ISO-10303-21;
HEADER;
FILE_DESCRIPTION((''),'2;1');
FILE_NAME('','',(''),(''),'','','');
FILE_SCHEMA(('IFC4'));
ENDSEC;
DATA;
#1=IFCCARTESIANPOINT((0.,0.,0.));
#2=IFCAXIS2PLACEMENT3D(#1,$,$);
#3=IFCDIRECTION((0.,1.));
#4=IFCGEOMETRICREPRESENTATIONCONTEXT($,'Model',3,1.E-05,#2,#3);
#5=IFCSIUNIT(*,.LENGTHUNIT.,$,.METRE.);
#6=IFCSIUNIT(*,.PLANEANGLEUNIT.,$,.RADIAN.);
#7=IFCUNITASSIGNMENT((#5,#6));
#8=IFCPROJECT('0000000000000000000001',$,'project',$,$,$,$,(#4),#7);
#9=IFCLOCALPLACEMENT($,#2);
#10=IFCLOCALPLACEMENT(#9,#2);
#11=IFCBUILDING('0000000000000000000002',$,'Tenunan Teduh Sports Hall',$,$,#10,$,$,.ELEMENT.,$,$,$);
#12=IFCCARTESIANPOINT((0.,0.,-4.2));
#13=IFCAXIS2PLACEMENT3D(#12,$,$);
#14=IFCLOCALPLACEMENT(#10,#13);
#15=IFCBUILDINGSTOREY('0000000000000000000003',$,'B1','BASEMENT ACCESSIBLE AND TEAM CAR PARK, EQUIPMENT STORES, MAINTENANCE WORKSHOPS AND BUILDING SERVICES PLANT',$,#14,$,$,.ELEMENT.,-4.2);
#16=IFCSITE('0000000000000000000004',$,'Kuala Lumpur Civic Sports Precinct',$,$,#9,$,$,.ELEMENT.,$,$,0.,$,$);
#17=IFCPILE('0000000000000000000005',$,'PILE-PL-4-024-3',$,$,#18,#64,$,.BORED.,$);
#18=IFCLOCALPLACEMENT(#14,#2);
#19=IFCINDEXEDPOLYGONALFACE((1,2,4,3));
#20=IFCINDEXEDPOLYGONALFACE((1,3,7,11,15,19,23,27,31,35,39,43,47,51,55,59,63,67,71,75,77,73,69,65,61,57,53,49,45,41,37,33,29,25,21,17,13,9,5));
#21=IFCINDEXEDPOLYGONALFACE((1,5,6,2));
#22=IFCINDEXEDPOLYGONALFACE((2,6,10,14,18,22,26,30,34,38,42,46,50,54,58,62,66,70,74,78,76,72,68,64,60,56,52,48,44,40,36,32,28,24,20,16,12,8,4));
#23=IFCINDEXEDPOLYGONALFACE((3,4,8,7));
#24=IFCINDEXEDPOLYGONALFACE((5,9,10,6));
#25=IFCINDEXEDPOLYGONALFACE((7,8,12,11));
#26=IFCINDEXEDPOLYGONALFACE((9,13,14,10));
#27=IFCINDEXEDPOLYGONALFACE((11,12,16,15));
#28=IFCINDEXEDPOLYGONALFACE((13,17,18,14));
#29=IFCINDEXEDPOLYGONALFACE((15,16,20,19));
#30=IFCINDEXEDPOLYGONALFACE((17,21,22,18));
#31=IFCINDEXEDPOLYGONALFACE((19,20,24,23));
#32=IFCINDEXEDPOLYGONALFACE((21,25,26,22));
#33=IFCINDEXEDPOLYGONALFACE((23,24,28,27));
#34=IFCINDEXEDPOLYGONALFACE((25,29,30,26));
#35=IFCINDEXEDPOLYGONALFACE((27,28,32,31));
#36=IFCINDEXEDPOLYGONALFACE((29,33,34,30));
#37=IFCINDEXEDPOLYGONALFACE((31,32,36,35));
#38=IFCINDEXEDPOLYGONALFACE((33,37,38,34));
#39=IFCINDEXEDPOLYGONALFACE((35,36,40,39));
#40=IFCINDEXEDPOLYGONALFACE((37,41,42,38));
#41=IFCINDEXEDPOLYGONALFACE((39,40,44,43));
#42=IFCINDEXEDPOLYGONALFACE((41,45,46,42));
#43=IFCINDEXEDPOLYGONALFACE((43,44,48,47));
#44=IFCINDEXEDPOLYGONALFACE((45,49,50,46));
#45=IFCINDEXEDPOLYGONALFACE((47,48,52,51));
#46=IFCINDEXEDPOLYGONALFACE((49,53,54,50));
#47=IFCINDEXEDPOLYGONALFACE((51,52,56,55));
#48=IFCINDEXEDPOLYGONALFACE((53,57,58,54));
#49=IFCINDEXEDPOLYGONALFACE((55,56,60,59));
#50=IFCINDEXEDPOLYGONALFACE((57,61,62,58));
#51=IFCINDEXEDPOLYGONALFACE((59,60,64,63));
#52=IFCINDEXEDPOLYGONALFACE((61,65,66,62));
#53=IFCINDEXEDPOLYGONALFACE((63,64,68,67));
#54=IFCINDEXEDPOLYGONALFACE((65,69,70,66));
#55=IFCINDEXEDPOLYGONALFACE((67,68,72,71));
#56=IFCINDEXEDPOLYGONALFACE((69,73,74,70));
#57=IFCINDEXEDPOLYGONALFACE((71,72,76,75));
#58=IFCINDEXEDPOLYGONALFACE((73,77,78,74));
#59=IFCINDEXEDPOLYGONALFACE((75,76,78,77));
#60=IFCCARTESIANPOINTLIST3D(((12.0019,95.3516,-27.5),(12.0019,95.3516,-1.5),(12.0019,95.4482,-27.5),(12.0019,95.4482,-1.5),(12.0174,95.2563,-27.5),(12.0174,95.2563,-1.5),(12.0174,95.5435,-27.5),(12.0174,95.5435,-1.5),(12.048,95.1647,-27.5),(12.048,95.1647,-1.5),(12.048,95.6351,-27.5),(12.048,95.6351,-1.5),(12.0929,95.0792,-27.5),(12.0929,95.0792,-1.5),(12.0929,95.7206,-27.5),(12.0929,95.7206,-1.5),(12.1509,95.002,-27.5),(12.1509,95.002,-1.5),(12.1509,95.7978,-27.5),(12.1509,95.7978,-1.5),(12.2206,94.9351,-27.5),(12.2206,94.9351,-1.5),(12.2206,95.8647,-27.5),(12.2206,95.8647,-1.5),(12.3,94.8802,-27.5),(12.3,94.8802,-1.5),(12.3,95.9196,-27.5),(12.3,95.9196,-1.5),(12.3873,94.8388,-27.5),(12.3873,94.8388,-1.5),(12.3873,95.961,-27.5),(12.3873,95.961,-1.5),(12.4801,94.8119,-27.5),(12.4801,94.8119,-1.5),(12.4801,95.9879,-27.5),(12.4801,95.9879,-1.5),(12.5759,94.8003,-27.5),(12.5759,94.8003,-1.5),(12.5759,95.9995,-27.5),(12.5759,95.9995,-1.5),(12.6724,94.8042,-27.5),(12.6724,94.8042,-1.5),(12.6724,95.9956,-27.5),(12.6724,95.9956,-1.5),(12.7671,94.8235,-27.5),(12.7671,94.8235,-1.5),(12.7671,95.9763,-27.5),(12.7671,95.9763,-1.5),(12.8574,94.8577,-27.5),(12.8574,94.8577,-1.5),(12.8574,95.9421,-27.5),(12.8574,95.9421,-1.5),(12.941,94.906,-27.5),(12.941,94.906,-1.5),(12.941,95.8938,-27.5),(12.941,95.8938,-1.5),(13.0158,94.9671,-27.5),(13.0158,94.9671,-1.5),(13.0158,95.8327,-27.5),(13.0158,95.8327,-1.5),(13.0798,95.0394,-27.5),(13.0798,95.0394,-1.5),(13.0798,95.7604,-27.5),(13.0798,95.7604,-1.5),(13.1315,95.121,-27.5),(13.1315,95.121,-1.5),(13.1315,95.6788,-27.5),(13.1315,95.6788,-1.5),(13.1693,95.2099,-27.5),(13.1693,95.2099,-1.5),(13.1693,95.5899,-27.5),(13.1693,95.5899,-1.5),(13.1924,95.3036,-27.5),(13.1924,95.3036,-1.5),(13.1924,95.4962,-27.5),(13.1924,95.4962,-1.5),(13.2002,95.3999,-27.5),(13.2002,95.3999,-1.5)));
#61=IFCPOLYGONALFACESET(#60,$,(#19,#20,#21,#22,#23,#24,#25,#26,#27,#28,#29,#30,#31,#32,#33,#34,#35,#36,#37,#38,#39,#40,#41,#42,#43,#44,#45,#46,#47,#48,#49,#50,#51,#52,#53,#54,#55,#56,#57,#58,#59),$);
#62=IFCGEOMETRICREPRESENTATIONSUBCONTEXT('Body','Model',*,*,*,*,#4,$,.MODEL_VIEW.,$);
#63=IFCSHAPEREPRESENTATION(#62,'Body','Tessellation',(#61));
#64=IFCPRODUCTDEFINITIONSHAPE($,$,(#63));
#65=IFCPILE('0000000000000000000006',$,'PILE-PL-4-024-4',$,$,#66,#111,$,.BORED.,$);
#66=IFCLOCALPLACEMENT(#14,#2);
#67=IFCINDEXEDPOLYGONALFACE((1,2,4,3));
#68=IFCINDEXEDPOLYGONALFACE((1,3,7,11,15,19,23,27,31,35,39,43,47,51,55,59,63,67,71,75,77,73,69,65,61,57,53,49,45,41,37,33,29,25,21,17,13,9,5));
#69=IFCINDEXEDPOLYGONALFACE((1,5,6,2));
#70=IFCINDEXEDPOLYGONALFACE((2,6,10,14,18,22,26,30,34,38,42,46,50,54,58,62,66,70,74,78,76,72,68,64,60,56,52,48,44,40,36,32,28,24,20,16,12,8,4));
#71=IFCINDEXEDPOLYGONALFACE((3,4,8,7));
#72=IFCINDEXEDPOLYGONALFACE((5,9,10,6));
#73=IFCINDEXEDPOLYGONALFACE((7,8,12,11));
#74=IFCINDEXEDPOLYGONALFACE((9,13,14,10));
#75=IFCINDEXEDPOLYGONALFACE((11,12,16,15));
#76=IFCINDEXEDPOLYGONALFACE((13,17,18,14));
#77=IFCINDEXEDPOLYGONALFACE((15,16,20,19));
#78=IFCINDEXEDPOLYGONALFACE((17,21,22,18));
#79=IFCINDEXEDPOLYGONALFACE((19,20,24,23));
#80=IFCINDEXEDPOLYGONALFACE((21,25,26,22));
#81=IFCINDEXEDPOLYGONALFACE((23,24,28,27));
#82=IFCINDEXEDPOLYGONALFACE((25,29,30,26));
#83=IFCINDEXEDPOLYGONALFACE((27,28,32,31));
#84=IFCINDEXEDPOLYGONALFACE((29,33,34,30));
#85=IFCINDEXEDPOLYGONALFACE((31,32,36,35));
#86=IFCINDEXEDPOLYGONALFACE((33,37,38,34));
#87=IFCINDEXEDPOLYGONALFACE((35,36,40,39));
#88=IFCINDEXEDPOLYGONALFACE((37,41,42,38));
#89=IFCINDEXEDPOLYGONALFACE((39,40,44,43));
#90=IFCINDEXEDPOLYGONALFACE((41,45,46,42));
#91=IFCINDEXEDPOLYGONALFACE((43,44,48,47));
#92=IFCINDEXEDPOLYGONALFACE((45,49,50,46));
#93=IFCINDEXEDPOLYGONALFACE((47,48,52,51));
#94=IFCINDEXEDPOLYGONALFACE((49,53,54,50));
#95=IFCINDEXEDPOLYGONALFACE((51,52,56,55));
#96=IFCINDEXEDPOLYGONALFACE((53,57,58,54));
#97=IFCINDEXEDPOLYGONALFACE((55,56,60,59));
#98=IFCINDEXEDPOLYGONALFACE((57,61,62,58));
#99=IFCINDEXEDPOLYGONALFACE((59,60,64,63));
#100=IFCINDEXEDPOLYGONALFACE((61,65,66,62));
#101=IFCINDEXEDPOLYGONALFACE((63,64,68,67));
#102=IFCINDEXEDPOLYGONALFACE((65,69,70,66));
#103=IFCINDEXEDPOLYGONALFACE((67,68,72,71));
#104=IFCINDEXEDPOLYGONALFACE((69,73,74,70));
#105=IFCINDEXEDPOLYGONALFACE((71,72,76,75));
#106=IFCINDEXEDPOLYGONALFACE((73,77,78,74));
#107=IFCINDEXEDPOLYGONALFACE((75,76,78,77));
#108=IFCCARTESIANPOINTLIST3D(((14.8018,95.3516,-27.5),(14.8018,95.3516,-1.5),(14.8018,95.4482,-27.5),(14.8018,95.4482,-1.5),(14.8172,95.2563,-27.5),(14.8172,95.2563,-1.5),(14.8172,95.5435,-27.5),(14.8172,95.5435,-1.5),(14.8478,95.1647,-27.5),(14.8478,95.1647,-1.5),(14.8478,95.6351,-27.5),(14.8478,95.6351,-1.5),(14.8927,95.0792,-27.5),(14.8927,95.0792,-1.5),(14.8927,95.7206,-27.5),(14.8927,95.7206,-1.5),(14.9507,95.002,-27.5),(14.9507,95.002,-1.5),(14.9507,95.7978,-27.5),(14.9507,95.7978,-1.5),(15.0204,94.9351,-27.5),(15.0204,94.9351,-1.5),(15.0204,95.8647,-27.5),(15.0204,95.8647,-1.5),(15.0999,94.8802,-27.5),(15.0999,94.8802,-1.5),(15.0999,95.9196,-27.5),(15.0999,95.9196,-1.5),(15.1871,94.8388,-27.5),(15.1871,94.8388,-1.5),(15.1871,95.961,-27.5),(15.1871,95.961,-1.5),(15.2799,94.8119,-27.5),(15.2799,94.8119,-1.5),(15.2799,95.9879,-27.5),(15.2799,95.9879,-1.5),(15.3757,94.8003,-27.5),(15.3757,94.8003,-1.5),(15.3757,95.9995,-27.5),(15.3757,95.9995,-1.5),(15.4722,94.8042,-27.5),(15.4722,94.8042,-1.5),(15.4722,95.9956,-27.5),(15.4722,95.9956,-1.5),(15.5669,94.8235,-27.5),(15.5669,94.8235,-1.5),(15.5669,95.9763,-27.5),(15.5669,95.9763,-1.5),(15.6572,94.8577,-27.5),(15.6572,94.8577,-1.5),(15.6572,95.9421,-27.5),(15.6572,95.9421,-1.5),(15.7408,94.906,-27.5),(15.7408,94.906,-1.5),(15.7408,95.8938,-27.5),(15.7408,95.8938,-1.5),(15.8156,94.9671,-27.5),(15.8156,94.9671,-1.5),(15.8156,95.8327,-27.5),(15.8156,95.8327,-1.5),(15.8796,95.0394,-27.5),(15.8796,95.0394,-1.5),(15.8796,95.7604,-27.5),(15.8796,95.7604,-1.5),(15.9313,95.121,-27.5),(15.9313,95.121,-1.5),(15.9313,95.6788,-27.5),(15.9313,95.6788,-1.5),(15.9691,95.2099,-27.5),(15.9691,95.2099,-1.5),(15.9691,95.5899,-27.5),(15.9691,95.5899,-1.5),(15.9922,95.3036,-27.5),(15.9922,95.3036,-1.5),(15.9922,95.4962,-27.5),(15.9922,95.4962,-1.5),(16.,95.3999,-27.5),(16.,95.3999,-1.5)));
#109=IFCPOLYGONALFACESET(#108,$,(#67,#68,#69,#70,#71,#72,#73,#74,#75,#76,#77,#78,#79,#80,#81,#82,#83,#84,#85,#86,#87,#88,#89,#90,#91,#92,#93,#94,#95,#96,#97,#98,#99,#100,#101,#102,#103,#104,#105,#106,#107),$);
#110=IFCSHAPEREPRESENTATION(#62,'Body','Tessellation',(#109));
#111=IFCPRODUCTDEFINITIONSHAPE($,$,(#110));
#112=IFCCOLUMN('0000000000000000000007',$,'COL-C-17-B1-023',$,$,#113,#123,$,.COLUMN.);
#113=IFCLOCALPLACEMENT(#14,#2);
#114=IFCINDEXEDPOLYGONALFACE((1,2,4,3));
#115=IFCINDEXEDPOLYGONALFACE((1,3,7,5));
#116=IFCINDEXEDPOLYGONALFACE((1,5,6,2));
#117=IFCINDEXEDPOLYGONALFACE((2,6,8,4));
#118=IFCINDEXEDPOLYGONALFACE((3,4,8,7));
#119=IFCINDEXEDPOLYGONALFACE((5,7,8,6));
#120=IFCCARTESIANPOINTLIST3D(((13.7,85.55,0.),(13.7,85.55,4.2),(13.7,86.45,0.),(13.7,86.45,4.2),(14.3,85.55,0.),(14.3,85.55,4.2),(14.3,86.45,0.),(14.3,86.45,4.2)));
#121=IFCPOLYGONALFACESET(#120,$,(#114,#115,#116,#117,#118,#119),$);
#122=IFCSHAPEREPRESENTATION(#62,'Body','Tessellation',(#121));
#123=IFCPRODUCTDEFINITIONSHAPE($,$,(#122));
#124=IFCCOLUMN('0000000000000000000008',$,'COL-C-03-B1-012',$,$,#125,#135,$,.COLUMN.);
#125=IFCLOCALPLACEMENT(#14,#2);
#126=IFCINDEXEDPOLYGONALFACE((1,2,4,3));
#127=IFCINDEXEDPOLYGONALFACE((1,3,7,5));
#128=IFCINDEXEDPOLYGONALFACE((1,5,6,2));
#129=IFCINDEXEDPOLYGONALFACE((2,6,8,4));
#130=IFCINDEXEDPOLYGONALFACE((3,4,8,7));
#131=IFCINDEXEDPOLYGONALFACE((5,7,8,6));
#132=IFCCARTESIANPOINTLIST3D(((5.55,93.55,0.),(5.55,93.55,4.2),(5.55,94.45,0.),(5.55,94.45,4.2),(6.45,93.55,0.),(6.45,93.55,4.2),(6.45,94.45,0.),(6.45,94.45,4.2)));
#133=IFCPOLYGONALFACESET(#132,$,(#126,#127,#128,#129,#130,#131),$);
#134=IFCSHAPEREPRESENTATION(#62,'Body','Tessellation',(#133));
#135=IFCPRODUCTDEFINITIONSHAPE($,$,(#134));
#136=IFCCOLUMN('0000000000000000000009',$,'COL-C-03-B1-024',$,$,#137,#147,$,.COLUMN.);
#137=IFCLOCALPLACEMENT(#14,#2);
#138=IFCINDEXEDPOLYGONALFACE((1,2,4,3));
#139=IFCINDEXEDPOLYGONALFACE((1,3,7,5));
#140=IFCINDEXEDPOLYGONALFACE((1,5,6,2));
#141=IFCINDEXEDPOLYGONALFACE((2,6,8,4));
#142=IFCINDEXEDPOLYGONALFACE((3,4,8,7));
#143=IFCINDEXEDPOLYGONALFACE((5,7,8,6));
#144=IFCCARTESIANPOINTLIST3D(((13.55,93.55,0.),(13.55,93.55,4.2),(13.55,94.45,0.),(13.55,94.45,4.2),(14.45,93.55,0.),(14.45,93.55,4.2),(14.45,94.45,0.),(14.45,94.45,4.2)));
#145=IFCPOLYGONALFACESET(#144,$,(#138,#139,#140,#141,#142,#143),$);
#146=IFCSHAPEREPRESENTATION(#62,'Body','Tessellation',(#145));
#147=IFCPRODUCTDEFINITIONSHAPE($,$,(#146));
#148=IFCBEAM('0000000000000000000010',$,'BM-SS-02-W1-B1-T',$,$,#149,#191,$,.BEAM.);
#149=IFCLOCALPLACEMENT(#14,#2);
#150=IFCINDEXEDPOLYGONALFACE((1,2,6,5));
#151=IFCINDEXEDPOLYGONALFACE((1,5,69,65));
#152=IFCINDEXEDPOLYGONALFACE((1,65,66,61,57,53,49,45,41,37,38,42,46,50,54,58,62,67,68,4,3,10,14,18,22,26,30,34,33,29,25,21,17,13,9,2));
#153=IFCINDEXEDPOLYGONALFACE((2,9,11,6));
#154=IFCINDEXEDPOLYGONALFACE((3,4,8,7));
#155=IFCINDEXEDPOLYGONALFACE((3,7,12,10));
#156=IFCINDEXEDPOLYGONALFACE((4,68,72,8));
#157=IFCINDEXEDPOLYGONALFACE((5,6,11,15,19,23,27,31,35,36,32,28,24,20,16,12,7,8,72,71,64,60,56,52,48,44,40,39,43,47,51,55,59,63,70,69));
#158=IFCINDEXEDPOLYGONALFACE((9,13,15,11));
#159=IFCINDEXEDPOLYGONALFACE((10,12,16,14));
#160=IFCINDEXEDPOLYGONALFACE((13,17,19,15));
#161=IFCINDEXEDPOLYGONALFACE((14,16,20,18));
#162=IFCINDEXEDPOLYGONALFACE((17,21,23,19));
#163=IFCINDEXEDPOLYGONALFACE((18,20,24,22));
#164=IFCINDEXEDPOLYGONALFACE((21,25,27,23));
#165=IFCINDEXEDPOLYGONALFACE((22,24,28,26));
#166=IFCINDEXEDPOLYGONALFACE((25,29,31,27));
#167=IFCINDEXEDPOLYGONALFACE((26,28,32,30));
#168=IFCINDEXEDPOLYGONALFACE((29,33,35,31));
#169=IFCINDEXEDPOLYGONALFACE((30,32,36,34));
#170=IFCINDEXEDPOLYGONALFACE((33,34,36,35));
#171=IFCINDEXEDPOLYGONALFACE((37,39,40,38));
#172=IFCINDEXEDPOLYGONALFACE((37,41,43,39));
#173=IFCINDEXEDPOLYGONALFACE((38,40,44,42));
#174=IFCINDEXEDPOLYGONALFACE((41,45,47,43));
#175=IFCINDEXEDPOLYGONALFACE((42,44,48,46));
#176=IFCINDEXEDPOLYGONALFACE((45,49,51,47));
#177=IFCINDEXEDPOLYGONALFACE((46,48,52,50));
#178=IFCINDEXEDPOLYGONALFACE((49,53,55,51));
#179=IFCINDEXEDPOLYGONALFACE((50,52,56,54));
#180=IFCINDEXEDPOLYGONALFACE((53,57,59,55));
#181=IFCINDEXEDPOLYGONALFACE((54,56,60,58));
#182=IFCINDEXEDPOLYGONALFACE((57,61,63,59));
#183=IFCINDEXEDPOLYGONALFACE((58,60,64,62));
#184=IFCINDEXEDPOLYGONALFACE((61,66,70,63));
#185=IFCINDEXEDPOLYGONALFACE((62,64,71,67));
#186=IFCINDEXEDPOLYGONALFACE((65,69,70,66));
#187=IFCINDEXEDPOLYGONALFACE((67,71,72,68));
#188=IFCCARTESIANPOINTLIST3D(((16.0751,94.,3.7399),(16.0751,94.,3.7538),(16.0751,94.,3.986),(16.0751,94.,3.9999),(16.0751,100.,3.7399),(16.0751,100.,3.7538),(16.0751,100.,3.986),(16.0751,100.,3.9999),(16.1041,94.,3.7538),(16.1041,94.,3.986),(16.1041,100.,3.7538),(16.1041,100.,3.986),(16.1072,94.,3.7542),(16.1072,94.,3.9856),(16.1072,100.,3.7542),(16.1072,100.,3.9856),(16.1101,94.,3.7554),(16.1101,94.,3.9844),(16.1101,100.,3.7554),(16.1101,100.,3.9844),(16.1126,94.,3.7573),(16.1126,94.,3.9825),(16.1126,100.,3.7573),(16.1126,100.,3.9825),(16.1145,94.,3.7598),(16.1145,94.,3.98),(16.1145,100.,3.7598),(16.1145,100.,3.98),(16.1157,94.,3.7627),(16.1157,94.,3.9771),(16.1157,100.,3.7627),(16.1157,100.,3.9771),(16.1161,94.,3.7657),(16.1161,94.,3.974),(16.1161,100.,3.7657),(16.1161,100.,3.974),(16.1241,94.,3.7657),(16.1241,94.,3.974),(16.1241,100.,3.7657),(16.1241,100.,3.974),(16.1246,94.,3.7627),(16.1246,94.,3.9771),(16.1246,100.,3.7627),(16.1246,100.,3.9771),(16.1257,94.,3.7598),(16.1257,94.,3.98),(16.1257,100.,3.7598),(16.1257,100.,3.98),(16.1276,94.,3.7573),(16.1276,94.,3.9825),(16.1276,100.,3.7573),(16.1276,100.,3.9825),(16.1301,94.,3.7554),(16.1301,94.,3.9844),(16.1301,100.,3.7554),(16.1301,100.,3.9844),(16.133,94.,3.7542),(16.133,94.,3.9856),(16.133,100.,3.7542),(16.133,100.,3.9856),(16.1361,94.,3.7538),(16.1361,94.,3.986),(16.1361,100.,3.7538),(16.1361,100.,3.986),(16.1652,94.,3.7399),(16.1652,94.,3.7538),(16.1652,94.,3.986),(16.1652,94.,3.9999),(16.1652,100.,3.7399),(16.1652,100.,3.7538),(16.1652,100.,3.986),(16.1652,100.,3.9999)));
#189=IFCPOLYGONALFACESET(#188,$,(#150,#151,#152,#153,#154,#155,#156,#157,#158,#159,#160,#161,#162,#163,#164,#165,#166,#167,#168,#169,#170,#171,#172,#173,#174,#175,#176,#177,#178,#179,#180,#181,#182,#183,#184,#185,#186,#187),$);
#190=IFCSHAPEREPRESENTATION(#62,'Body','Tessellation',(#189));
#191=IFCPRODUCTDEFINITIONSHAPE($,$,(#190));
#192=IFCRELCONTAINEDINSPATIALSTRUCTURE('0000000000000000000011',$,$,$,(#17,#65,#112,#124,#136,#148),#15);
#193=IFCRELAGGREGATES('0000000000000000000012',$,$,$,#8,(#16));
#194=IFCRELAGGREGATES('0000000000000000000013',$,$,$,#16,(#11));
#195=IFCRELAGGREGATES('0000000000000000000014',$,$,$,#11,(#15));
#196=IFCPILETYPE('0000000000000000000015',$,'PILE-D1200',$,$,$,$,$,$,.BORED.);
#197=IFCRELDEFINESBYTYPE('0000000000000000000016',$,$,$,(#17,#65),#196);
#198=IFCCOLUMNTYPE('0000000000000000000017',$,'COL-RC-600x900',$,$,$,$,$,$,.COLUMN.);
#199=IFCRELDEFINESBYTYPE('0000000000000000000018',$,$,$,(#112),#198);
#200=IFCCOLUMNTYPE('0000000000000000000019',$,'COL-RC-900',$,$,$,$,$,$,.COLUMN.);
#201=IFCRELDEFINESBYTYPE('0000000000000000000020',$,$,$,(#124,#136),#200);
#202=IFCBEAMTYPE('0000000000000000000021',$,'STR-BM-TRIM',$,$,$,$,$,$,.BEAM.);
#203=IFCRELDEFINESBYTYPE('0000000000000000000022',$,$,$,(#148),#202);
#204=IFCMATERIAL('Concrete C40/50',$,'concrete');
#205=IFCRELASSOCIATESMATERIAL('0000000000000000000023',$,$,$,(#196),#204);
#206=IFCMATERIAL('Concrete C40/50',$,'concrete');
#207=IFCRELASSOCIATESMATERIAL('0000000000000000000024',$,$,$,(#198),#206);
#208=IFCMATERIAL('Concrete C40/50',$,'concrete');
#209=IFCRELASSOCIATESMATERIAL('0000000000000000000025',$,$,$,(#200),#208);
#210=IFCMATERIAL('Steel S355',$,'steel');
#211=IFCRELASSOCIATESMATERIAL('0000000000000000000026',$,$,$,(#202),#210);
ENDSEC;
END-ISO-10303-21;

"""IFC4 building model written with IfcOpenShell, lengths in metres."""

from ifc_helpers import new_model, si_unit, direction, frame, origin, origin_2d, place, context, subcontext, project, spatial, rectangle, circle, i_section, extrude, material, material_profile, profile_set, type_object, element, save


model = new_model("IFC4")

# Units and contexts
model_context = context("Model", 3, precision=1e-05, world=origin(), true_north=direction((0.0, 1.0)))
body_context = subcontext(model_context, "Body", "Model", "MODEL_VIEW")
ifc_project = project(units=[si_unit("LENGTHUNIT", "METRE"), si_unit("PLANEANGLEUNIT", "RADIAN")], contexts=[model_context])

# Site, building, storey
site_placement = place(None, origin())
site = spatial("IfcSite", under=ifc_project, at=site_placement, Name="Kuala Lumpur Civic Sports Precinct", CompositionType="ELEMENT", RefElevation=0.0)
building_placement = place(site_placement, origin())
building = spatial("IfcBuilding", under=site, at=building_placement, Name="Tenunan Teduh Sports Hall", CompositionType="ELEMENT")
storey_placement = place(building_placement, frame((0.0, 0.0, -4.2)))
storey = spatial("IfcBuildingStorey", under=building, at=storey_placement, Name="B1", Description="BASEMENT ACCESSIBLE AND TEAM CAR PARK, EQUIPMENT STORES, MAINTENANCE WORKSHOPS AND BUILDING SERVICES PLANT", CompositionType="ELEMENT", Elevation=-4.2)

# Piles
ifc_material_1 = material(Name="Concrete C40/50", Category="concrete")
ifc_material_profile_1 = material_profile(ifc_material_1, circle(Radius=0.6001, at=origin_2d()), Name="PILE D1200")
ifc_profile_set_1 = profile_set([ifc_material_profile_1], Name="Concrete C40/50")
pile_type = type_object("IfcPileType", Name="PILE-D1200", PredefinedType="BORED", material=ifc_profile_set_1)
for number, where, z_axis, x_axis, name in (
    (1, (12.6001, 95.3999, -1.5), (0.0, 0.0, -1.0), (1.0, 0.0, 0.0), "PILE-PL-4-024-3"),
    (2, (15.3999, 95.3999, -1.5), (0.0, 0.0, -1.0), (1.0, 0.0, 0.0), "PILE-PL-4-024-4"),
):
    element("IfcPile", number, at=place(storey_placement, frame(where, z_axis=z_axis, x_axis=x_axis)), inside=storey, type_object=pile_type, Name=name, PredefinedType="BORED", context=body_context, shape_type="SweptSolid", body=[
        extrude(circle(Radius=0.6001, at=origin_2d()), origin(), (0.0, 0.0, 1.0), 26.0),
    ])

# Columns
ifc_material_2 = material(Name="Concrete C40/50", Category="concrete")
ifc_material_profile_2 = material_profile(ifc_material_2, rectangle(XDim=0.6001, YDim=0.8999, at=origin_2d()), Name="RC 600x900")
ifc_profile_set_2 = profile_set([ifc_material_profile_2], Name="Concrete C40/50")
column_type_1 = type_object("IfcColumnType", Name="COL-RC-600x900", PredefinedType="COLUMN", material=ifc_profile_set_2)
column_placement = place(storey_placement, frame((14.0, 86.0, 0.0), z_axis=(0.0, 0.0, 1.0), x_axis=(1.0, 0.0, 0.0)))
element("IfcColumn", 3, at=column_placement, inside=storey, type_object=column_type_1, Name="COL-C-17-B1-023", PredefinedType="COLUMN", context=body_context, shape_type="SweptSolid", body=[
    extrude(rectangle(XDim=0.6001, YDim=0.8999, at=origin_2d()), origin(), (0.0, 0.0, 1.0), 4.2),
])
ifc_material_3 = material(Name="Concrete C40/50", Category="concrete")
ifc_material_profile_3 = material_profile(ifc_material_3, rectangle(XDim=0.8999, YDim=0.8999, at=origin_2d()), Name="RC 900x900")
ifc_profile_set_3 = profile_set([ifc_material_profile_3], Name="Concrete C40/50")
column_type_2 = type_object("IfcColumnType", Name="COL-RC-900", PredefinedType="COLUMN", material=ifc_profile_set_3)
for number, where, z_axis, x_axis, name in (
    (4, (6.0, 94.0, 0.0), (0.0, 0.0, 1.0), (1.0, 0.0, 0.0), "COL-C-03-B1-012"),
    (5, (14.0, 94.0, 0.0), (0.0, 0.0, 1.0), (1.0, 0.0, 0.0), "COL-C-03-B1-024"),
):
    element("IfcColumn", number, at=place(storey_placement, frame(where, z_axis=z_axis, x_axis=x_axis)), inside=storey, type_object=column_type_2, Name=name, PredefinedType="COLUMN", context=body_context, shape_type="SweptSolid", body=[
        extrude(rectangle(XDim=0.8999, YDim=0.8999, at=origin_2d()), origin(), (0.0, 0.0, 1.0), 4.2),
    ])

# Beam
ifc_material_4 = material(Name="Steel S355", Category="steel")
ifc_material_profile_4 = material_profile(ifc_material_4, i_section(OverallWidth=0.0901, OverallDepth=0.26, WebThickness=0.0081, FlangeThickness=0.0139, FilletRadius=0.012, at=origin_2d()), Name="PFC 260x90")
ifc_profile_set_4 = profile_set([ifc_material_profile_4], Name="Steel S355")
beam_type = type_object("IfcBeamType", Name="STR-BM-TRIM", PredefinedType="BEAM", material=ifc_profile_set_4)
for number, where, z_axis, x_axis, name in (
    (6, (16.1201, 94.0, 3.8699), (0.0, 1.0, 0.0), (-1.0, 0.0, 0.0), "BM-SS-02-W1-B1-T"),
):
    element("IfcBeam", number, at=place(storey_placement, frame(where, z_axis=z_axis, x_axis=x_axis)), inside=storey, type_object=beam_type, Name=name, PredefinedType="BEAM", context=body_context, shape_type="SweptSolid", body=[
        extrude(i_section(OverallWidth=0.0901, OverallDepth=0.26, WebThickness=0.0081, FlangeThickness=0.0139, FilletRadius=0.012, at=origin_2d()), origin(), (0.0, 0.0, 1.0), 6.0),
    ])

save(model, "model.ifc")
